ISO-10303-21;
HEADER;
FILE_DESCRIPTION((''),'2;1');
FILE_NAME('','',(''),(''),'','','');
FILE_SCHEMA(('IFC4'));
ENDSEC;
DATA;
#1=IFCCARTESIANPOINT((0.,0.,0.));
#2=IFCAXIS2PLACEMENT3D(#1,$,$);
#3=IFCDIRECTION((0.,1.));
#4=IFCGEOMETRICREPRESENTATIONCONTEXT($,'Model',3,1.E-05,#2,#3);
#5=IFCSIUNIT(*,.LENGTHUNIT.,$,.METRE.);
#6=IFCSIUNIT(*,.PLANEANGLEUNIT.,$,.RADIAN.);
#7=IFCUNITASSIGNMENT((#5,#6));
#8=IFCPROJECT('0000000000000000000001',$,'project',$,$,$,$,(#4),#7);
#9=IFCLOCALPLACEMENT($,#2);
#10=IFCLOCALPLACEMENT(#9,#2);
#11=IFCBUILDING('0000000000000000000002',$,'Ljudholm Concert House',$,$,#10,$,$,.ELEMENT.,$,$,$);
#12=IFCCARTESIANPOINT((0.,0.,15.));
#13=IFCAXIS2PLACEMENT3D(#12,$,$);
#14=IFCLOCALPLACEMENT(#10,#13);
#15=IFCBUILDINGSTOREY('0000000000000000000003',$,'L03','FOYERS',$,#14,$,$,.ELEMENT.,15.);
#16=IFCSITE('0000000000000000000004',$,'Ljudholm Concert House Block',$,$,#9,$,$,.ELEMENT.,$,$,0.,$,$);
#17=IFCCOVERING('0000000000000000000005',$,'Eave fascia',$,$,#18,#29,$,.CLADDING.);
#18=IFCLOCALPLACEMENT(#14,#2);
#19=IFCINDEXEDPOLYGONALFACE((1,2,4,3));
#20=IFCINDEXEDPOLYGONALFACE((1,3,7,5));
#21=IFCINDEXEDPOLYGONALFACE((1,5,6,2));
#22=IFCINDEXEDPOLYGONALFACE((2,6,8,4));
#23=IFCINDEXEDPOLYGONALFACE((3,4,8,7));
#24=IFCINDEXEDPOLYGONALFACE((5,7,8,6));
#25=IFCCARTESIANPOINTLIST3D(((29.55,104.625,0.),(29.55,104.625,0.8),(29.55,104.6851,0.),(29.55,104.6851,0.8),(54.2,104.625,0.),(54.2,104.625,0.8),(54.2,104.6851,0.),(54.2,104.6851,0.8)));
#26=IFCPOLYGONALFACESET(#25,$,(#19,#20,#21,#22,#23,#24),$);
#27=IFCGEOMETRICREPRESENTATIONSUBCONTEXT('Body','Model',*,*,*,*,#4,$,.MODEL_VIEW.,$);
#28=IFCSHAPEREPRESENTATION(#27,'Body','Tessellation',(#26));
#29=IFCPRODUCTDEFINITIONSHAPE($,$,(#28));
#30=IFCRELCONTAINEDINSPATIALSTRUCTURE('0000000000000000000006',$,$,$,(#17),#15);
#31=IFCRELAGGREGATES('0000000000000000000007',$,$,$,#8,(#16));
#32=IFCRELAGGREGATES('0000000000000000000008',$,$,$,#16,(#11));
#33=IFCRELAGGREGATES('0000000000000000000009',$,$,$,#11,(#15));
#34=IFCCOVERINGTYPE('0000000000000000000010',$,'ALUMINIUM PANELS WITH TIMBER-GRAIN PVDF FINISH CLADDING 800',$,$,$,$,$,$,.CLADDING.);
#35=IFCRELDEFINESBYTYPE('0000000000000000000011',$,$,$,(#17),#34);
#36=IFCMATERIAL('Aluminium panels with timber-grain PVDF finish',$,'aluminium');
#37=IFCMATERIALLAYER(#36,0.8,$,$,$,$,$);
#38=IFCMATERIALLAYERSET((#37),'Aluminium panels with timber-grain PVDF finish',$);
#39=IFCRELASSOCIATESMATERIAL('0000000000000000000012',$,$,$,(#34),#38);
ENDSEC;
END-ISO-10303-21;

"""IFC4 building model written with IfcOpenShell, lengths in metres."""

from ifc_helpers import new_model, si_unit, direction, frame, origin, place, context, subcontext, project, spatial, polyline, outline, extrude, material, layer, layer_set, type_object, element, save


model = new_model("IFC4")

# Units and contexts
model_context = context("Model", 3, precision=1e-05, world=origin(), true_north=direction((0.0, 1.0)))
body_context = subcontext(model_context, "Body", "Model", "MODEL_VIEW")
ifc_project = project(units=[si_unit("LENGTHUNIT", "METRE"), si_unit("PLANEANGLEUNIT", "RADIAN")], contexts=[model_context])

# Site, building, storey
site_placement = place(None, origin())
site = spatial("IfcSite", under=ifc_project, at=site_placement, Name="Ljudholm Concert House Block", CompositionType="ELEMENT", RefElevation=0.0)
building_placement = place(site_placement, origin())
building = spatial("IfcBuilding", under=site, at=building_placement, Name="Ljudholm Concert House", CompositionType="ELEMENT")
storey_placement = place(building_placement, frame((0.0, 0.0, 15.0)))
storey = spatial("IfcBuildingStorey", under=building, at=storey_placement, Name="L03", Description="FOYERS", CompositionType="ELEMENT", Elevation=15.0)

# Covering
ifc_material_1 = material(Name="Aluminium panels with timber-grain PVDF finish", Category="aluminium")
ifc_layer_1 = layer(ifc_material_1, 0.8)
ifc_layer_set_1 = layer_set([ifc_layer_1], Name="Aluminium panels with timber-grain PVDF finish")
covering_type = type_object("IfcCoveringType", Name="ALUMINIUM PANELS WITH TIMBER-GRAIN PVDF FINISH CLADDING 800", PredefinedType="CLADDING", material=ifc_layer_set_1)
covering_placement = place(storey_placement, origin())
element("IfcCovering", 1, at=covering_placement, inside=storey, type_object=covering_type, Name="Eave fascia", PredefinedType="CLADDING", context=body_context, shape_type="SweptSolid", body=[
    extrude(outline(polyline([(29.55, 104.625), (54.2, 104.625), (54.2, 104.6851), (29.55, 104.6851), (29.55, 104.625)])), origin(), (0.0, 0.0, 1.0), 0.8),
])

save(model, "model.ifc")
